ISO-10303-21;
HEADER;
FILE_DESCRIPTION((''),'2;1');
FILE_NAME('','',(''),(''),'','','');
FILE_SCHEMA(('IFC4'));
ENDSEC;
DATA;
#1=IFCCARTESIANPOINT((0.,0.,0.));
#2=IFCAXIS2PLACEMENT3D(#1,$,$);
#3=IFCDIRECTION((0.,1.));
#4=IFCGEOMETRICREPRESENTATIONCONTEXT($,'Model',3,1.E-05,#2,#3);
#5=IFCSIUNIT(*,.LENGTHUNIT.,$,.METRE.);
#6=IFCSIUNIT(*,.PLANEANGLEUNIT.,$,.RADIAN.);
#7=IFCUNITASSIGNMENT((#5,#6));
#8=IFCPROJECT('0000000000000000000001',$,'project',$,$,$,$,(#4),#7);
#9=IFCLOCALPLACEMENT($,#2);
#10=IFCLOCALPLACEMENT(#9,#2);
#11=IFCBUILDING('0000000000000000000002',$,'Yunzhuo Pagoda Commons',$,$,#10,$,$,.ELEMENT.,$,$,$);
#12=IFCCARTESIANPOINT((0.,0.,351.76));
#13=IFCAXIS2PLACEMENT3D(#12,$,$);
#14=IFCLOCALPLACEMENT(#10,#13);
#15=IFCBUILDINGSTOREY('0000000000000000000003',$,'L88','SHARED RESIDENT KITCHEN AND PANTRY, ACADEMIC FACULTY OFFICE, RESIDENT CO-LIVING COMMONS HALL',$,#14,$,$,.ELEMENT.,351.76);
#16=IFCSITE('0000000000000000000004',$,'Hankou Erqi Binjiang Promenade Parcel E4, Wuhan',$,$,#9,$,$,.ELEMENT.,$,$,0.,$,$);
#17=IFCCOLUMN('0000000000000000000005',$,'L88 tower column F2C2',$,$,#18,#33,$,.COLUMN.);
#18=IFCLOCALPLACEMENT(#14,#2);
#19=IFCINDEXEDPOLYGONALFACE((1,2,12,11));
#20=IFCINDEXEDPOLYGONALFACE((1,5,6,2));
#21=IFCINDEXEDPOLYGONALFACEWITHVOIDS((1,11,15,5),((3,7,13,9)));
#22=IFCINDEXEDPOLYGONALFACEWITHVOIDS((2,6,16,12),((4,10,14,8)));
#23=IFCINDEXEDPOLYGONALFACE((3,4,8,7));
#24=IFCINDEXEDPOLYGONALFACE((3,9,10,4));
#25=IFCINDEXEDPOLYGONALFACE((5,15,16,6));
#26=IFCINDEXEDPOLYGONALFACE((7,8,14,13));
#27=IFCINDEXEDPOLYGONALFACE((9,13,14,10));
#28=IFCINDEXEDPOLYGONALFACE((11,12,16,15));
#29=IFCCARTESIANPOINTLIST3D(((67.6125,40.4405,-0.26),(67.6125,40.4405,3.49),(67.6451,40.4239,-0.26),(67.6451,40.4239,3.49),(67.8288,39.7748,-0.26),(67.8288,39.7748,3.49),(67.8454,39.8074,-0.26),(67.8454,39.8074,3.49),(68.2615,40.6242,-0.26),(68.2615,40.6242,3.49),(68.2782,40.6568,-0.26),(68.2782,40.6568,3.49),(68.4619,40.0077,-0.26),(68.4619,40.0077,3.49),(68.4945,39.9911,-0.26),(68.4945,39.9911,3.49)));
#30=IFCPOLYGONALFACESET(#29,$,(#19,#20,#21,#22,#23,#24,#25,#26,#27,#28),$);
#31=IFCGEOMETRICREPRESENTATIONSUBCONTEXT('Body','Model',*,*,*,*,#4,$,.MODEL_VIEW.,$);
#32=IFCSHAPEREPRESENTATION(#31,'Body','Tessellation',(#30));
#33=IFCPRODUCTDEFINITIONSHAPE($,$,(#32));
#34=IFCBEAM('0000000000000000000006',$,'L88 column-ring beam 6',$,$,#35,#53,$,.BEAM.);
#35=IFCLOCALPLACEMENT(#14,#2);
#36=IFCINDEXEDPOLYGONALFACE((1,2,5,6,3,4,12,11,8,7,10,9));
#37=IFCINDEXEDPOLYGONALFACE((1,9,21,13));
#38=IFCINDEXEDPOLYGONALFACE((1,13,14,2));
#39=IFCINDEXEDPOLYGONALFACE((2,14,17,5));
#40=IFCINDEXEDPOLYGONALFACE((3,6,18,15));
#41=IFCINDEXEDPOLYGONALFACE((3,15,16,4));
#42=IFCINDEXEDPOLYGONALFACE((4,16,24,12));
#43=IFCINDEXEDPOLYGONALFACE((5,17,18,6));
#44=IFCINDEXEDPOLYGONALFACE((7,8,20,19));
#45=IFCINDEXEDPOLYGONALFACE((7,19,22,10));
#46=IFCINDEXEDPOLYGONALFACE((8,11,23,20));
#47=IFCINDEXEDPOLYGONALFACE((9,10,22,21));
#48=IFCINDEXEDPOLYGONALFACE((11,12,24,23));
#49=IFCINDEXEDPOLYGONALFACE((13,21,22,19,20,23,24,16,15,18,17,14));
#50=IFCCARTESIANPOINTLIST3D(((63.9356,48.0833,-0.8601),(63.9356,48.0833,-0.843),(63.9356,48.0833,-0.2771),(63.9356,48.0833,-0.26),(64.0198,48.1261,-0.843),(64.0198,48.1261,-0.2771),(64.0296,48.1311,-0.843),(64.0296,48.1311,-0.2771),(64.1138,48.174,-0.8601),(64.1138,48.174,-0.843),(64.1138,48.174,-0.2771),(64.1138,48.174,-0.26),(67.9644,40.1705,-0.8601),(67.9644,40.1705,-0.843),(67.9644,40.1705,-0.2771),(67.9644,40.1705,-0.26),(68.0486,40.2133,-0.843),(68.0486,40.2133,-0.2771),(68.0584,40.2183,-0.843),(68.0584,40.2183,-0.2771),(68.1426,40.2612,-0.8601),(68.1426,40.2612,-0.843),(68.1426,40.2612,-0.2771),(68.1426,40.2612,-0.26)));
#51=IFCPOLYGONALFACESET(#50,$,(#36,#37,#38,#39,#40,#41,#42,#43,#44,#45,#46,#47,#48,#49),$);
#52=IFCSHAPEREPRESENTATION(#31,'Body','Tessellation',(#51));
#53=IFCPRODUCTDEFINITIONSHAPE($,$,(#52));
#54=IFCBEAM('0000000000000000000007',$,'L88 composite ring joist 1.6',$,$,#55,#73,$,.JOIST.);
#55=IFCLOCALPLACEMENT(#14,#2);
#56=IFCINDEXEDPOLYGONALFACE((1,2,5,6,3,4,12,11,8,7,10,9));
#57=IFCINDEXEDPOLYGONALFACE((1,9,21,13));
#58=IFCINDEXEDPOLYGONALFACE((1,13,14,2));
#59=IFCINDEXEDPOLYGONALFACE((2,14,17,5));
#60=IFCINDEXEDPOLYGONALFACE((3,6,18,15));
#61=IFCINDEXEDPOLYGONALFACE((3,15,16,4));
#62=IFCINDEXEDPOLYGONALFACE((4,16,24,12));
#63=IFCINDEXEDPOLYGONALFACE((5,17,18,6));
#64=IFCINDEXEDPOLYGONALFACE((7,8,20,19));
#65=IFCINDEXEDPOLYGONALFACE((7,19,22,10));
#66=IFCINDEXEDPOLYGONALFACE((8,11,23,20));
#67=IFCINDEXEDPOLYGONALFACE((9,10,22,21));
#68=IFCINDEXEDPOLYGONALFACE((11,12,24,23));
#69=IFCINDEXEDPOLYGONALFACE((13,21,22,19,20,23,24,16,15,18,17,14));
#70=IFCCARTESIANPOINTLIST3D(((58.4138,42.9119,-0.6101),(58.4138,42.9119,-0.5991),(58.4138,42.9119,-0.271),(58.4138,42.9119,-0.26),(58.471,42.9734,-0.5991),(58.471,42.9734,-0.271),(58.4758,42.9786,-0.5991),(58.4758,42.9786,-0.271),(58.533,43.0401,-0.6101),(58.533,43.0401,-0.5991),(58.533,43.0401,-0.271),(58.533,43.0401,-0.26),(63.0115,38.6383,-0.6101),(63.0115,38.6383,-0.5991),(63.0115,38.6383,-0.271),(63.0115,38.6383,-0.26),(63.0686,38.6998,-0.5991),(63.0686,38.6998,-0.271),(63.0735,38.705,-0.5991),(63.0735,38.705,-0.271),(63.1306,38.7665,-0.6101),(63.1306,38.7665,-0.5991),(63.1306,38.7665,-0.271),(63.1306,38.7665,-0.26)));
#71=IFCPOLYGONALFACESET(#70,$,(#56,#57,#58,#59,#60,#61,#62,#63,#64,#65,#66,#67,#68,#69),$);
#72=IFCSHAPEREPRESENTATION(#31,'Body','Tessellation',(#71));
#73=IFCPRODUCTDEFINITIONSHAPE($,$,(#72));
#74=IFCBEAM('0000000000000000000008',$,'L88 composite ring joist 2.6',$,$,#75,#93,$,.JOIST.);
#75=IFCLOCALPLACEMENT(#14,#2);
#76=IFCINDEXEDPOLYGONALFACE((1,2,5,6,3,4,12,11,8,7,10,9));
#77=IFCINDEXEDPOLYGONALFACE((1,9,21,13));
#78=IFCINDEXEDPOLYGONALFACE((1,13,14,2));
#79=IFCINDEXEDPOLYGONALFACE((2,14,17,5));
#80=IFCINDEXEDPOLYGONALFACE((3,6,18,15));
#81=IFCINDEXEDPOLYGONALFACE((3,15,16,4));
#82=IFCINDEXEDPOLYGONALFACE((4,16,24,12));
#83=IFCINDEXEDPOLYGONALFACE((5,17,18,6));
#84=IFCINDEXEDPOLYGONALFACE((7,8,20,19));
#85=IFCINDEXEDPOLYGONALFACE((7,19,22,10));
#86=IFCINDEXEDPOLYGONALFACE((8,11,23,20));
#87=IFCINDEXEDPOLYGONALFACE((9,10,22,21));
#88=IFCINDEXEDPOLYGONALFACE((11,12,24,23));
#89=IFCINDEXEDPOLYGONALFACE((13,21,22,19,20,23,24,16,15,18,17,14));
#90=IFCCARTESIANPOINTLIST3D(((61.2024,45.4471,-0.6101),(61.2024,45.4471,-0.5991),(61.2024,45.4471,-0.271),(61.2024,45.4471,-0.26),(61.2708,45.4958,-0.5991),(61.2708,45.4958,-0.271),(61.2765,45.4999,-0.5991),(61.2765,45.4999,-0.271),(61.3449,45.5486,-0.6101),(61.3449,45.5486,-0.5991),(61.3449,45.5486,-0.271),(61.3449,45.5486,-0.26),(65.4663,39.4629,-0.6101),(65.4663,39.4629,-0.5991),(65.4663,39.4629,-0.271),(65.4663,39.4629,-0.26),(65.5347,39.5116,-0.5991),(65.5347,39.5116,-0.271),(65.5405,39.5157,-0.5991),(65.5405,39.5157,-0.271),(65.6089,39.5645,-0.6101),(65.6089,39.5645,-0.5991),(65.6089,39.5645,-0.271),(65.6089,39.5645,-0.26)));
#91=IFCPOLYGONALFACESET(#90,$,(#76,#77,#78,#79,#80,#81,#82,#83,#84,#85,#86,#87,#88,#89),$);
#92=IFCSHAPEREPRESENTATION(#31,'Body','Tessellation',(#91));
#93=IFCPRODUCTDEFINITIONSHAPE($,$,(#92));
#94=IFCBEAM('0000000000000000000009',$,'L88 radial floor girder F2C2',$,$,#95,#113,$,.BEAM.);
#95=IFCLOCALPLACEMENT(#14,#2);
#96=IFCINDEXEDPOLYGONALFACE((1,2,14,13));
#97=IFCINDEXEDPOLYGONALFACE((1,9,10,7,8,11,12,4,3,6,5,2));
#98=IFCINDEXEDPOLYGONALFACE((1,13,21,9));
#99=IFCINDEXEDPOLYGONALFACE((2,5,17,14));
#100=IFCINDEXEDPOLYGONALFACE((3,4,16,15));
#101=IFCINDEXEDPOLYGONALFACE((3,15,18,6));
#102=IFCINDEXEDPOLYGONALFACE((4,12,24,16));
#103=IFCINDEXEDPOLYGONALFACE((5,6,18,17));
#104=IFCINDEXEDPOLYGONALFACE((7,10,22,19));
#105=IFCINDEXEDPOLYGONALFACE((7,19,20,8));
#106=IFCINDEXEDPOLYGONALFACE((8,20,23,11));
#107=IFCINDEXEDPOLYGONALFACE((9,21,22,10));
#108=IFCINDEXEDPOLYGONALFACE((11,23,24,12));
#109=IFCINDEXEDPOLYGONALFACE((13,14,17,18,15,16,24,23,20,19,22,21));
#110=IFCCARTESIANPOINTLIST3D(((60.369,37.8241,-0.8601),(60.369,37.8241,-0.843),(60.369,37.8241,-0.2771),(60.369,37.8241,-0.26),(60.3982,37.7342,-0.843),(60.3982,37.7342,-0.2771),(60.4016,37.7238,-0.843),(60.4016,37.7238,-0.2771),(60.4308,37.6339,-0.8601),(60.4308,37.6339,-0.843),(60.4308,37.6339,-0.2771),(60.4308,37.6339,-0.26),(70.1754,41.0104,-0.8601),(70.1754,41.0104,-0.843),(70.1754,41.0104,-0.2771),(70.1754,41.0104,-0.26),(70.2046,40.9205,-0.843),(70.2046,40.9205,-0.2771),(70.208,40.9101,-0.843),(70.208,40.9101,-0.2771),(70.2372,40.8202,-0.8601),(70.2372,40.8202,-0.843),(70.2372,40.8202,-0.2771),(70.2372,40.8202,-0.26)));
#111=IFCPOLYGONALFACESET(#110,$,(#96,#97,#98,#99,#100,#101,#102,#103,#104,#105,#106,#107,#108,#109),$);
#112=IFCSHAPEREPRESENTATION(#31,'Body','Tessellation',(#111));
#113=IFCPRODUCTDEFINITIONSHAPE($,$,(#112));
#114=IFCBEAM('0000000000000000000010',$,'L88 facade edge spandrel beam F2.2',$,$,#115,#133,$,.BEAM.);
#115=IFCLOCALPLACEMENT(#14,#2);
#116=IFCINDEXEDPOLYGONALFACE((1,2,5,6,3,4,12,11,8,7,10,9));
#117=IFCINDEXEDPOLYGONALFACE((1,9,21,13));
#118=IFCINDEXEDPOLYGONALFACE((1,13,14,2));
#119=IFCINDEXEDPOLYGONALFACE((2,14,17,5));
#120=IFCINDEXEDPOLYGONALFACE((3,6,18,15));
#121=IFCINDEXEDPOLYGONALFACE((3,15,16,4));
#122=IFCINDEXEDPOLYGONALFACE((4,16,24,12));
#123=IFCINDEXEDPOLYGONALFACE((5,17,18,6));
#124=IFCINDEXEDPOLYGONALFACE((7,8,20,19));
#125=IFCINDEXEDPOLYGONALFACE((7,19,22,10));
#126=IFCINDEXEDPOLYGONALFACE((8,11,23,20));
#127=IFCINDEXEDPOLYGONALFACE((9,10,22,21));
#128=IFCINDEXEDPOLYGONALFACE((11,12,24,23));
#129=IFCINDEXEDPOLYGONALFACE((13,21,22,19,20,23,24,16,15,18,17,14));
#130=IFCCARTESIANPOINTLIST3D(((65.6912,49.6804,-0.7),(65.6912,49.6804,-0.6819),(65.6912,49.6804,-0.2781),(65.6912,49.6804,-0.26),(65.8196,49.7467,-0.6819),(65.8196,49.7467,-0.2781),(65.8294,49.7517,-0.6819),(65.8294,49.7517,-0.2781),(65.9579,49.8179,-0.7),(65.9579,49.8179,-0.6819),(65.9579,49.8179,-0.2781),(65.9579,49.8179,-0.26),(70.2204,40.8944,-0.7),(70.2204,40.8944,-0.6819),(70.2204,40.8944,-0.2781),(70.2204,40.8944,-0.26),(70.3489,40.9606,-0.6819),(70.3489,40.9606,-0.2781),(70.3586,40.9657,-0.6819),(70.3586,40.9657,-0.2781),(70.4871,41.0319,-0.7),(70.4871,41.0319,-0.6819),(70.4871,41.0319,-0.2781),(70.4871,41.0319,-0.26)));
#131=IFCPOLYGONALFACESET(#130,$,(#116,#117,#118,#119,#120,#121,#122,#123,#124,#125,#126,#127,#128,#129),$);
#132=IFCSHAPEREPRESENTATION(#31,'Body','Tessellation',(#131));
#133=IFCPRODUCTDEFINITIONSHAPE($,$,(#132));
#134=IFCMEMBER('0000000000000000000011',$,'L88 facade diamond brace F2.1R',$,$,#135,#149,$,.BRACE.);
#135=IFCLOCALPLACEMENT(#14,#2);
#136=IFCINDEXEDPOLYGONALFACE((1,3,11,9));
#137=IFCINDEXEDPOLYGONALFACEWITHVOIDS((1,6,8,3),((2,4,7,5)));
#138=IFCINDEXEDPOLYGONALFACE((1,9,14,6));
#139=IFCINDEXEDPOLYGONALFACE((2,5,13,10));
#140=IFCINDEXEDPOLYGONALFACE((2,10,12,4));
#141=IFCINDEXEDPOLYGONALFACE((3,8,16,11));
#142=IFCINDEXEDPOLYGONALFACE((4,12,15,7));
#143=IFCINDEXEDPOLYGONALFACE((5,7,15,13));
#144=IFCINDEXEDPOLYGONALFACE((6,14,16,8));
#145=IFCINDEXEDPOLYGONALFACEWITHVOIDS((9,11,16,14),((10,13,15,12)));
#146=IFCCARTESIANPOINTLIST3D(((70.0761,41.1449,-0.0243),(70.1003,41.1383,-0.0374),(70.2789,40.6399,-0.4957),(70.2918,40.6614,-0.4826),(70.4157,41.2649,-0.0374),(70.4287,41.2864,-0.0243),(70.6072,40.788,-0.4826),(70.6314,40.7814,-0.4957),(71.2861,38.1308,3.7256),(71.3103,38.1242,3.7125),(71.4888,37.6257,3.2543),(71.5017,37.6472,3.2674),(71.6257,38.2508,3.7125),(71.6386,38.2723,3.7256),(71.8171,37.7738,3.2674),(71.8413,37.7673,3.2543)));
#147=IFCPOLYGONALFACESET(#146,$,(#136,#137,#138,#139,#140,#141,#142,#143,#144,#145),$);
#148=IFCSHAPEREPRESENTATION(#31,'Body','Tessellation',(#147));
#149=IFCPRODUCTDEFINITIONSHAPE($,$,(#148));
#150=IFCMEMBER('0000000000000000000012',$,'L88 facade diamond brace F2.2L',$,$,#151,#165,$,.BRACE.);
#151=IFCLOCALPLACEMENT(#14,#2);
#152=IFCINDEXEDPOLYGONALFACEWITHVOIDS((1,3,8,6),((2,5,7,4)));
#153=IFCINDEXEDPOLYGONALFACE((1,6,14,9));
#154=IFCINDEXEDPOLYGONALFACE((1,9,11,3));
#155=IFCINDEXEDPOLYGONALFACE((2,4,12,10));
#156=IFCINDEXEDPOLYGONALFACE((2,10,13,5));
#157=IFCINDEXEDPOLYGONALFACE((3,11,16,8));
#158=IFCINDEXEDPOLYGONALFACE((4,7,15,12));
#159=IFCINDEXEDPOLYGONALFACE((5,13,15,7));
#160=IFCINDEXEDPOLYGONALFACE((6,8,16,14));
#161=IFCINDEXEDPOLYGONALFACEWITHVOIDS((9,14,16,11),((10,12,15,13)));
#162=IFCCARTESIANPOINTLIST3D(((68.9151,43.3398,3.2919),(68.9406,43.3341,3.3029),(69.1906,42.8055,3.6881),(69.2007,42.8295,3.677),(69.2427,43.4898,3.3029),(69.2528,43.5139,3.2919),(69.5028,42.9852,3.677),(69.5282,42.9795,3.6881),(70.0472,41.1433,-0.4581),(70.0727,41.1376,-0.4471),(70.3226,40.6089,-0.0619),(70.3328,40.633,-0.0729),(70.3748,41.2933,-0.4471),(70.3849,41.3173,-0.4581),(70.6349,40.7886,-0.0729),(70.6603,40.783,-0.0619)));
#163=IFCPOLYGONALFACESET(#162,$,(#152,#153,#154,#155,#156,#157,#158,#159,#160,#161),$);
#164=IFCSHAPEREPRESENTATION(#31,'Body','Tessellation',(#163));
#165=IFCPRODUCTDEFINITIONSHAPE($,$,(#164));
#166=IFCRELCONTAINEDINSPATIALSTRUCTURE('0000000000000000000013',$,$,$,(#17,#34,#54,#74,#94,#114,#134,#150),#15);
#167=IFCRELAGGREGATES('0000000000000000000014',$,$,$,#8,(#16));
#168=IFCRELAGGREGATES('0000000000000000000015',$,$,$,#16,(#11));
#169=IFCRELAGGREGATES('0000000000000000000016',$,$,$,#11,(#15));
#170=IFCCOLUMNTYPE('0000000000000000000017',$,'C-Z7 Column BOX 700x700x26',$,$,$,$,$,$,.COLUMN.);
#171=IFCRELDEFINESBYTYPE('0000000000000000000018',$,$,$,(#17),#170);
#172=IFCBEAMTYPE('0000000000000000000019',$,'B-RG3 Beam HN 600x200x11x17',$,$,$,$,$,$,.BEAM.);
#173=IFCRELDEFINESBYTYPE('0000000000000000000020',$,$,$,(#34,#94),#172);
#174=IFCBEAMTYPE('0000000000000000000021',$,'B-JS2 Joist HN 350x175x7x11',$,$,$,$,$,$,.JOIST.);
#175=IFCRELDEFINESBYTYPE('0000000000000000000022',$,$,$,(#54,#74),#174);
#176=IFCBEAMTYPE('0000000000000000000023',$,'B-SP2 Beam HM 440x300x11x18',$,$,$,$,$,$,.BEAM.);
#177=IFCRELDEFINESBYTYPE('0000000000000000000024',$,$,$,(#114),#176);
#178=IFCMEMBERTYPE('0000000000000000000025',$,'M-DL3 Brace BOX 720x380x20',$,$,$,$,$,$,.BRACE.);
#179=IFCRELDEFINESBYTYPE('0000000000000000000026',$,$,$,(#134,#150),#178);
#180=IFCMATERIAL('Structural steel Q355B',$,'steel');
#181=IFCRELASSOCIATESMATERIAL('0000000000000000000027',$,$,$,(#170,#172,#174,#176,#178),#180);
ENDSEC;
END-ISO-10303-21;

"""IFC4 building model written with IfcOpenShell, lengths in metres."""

from ifc_helpers import new_model, si_unit, direction, frame, origin, origin_2d, place, context, subcontext, project, spatial, hollow_rectangle, i_section, extrude, source, transform, mapped, material, material_profile, profile_set, type_object, element, save


model = new_model("IFC4")

# Units and contexts
model_context = context("Model", 3, precision=1e-05, world=origin(), true_north=direction((0.0, 1.0)))
body_context = subcontext(model_context, "Body", "Model", "MODEL_VIEW")
ifc_project = project(units=[si_unit("LENGTHUNIT", "METRE"), si_unit("PLANEANGLEUNIT", "RADIAN")], contexts=[model_context])

# Site, building, storey
site_placement = place(None, origin())
site = spatial("IfcSite", under=ifc_project, at=site_placement, Name="Hankou Erqi Binjiang Promenade Parcel E4, Wuhan", CompositionType="ELEMENT", RefElevation=0.0)
building_placement = place(site_placement, origin())
building = spatial("IfcBuilding", under=site, at=building_placement, Name="Yunzhuo Pagoda Commons", CompositionType="ELEMENT")
storey_placement = place(building_placement, frame((0.0, 0.0, 351.76)))
storey = spatial("IfcBuildingStorey", under=building, at=storey_placement, Name="L88", Description="SHARED RESIDENT KITCHEN AND PANTRY, ACADEMIC FACULTY OFFICE, RESIDENT CO-LIVING COMMONS HALL", CompositionType="ELEMENT", Elevation=351.76)

# Column
ifc_material_1 = material(Name="Structural steel Q355B", Category="steel")
ifc_material_profile_1 = material_profile(ifc_material_1, hollow_rectangle(XDim=0.7, YDim=0.7, WallThickness=0.0259, at=origin_2d()), Name="Structural steel Q355B")
ifc_profile_set_1 = profile_set([ifc_material_profile_1], Name="Structural steel Q355B")
column_type = type_object("IfcColumnType", Name="C-Z7 Column BOX 700x700x26", PredefinedType="COLUMN", material=ifc_profile_set_1)
shared_shape_1 = source(origin(), body_context, "Body", "SweptSolid", [
    extrude(hollow_rectangle(XDim=0.7, YDim=0.7, WallThickness=0.0259, at=origin_2d()), origin(), (0.0, 0.0, 1.0), 3.75),
])
column_placement = place(storey_placement, frame((68.0535, 40.2158, -0.26), z_axis=(0.0, 0.0, 1.0), x_axis=(-0.309017, 0.951057, 0.0)))
element("IfcColumn", 1, at=column_placement, inside=storey, type_object=column_type, Name="L88 tower column F2C2", PredefinedType="COLUMN", context=body_context, shape_type="MappedRepresentation", body=[
    mapped(shared_shape_1, transform((0.0, 0.0, 0.0), scale=1.0)),
])

# Beams
ifc_material_profile_2 = material_profile(ifc_material_1, i_section(OverallWidth=0.2, OverallDepth=0.6001, WebThickness=0.011, FlangeThickness=0.0171, at=origin_2d()), Name="Structural steel Q355B")
ifc_profile_set_2 = profile_set([ifc_material_profile_2], Name="Structural steel Q355B")
beam_type_1 = type_object("IfcBeamType", Name="B-RG3 Beam HN 600x200x11x17", PredefinedType="BEAM", material=ifc_profile_set_2)
shared_shape_2 = source(origin(), body_context, "Body", "SweptSolid", [
    extrude(i_section(OverallWidth=0.2, OverallDepth=0.6001, WebThickness=0.011, FlangeThickness=0.0171, at=origin_2d()), origin(), (0.0, 0.0, 1.0), 8.8794),
])
beam_1_placement = place(storey_placement, frame((68.0535, 40.2158, -0.5601), z_axis=(-0.453724, 0.891142, 0.0), x_axis=(-0.891142, -0.453724, 0.0)))
element("IfcBeam", 2, at=beam_1_placement, inside=storey, type_object=beam_type_1, Name="L88 column-ring beam 6", PredefinedType="BEAM", context=body_context, shape_type="MappedRepresentation", body=[
    mapped(shared_shape_2, transform((0.0, 0.0, 0.0), scale=1.0)),
])
ifc_material_profile_3 = material_profile(ifc_material_1, i_section(OverallWidth=0.175, OverallDepth=0.3501, WebThickness=0.0071, FlangeThickness=0.011, at=origin_2d()), Name="Structural steel Q355B")
ifc_profile_set_3 = profile_set([ifc_material_profile_3], Name="Structural steel Q355B")
beam_type_2 = type_object("IfcBeamType", Name="B-JS2 Joist HN 350x175x7x11", PredefinedType="JOIST", material=ifc_profile_set_3)
shared_shape_3 = source(origin(), body_context, "Body", "SweptSolid", [
    extrude(i_section(OverallWidth=0.175, OverallDepth=0.3501, WebThickness=0.0071, FlangeThickness=0.011, at=origin_2d()), origin(), (0.0, 0.0, 1.0), 6.2771),
])
beam_2_placement = place(storey_placement, frame((63.071, 38.7024, -0.4351), z_axis=(-0.732442, 0.68083, 0.0), x_axis=(-0.68083, -0.732442, 0.0)))
element("IfcBeam", 3, at=beam_2_placement, inside=storey, type_object=beam_type_2, Name="L88 composite ring joist 1.6", PredefinedType="JOIST", context=body_context, shape_type="MappedRepresentation", body=[
    mapped(shared_shape_3, transform((0.0, 0.0, 0.0), scale=1.0)),
])
shared_shape_4 = source(origin(), body_context, "Body", "SweptSolid", [
    extrude(i_section(OverallWidth=0.175, OverallDepth=0.3501, WebThickness=0.0071, FlangeThickness=0.011, at=origin_2d()), origin(), (0.0, 0.0, 1.0), 7.3479),
])
beam_3_placement = place(storey_placement, frame((65.5376, 39.5137, -0.4351), z_axis=(-0.580295, 0.814406, 0.0), x_axis=(-0.814406, -0.580295, 0.0)))
element("IfcBeam", 4, at=beam_3_placement, inside=storey, type_object=beam_type_2, Name="L88 composite ring joist 2.6", PredefinedType="JOIST", context=body_context, shape_type="MappedRepresentation", body=[
    mapped(shared_shape_4, transform((0.0, 0.0, 0.0), scale=1.0)),
])
shared_shape_5 = source(origin(), body_context, "Body", "SweptSolid", [
    extrude(i_section(OverallWidth=0.2, OverallDepth=0.6001, WebThickness=0.011, FlangeThickness=0.0171, at=origin_2d()), origin(), (0.0, 0.0, 1.0), 10.311),
])
beam_4_placement = place(storey_placement, frame((70.2063, 40.9153, -0.5601), z_axis=(-0.951057, -0.309016, 0.0), x_axis=(0.309016, -0.951057, 0.0)))
element("IfcBeam", 5, at=beam_4_placement, inside=storey, type_object=beam_type_1, Name="L88 radial floor girder F2C2", PredefinedType="BEAM", context=body_context, shape_type="MappedRepresentation", body=[
    mapped(shared_shape_5, transform((0.0, 0.0, 0.0), scale=1.0)),
])
ifc_material_profile_4 = material_profile(ifc_material_1, i_section(OverallWidth=0.3, OverallDepth=0.4399, WebThickness=0.011, FlangeThickness=0.0181, at=origin_2d()), Name="Structural steel Q355B")
ifc_profile_set_4 = profile_set([ifc_material_profile_4], Name="Structural steel Q355B")
beam_type_3 = type_object("IfcBeamType", Name="B-SP2 Beam HM 440x300x11x18", PredefinedType="BEAM", material=ifc_profile_set_4)
shared_shape_6 = source(origin(), body_context, "Body", "SweptSolid", [
    extrude(i_section(OverallWidth=0.3, OverallDepth=0.4399, WebThickness=0.011, FlangeThickness=0.0181, at=origin_2d()), origin(), (0.0, 0.0, 1.0), 9.8848),
])
beam_5_placement = place(storey_placement, frame((70.3538, 40.9631, -0.48), z_axis=(-0.458205, 0.888847, 0.0), x_axis=(-0.888847, -0.458205, 0.0)))
element("IfcBeam", 6, at=beam_5_placement, inside=storey, type_object=beam_type_3, Name="L88 facade edge spandrel beam F2.2", PredefinedType="BEAM", context=body_context, shape_type="MappedRepresentation", body=[
    mapped(shared_shape_6, transform((0.0, 0.0, 0.0), scale=1.0)),
])

# Members
ifc_material_profile_5 = material_profile(ifc_material_1, hollow_rectangle(XDim=0.3799, YDim=0.72, WallThickness=0.02, at=origin_2d()), Name="Structural steel Q355B")
ifc_profile_set_5 = profile_set([ifc_material_profile_5], Name="Structural steel Q355B")
member_type_1 = type_object("IfcMemberType", Name="M-DL3 Brace BOX 720x380x20", PredefinedType="BRACE", material=ifc_profile_set_5)
shared_shape_7 = source(origin(), body_context, "Body", "SweptSolid", [
    extrude(hollow_rectangle(XDim=0.3799, YDim=0.72, WallThickness=0.02, at=origin_2d()), origin(), (0.0, 0.0, 1.0), 4.9609),
])
member_1_placement = place(storey_placement, frame((70.3538, 40.9631, -0.26), z_axis=(0.243894, -0.607569, 0.755894), x_axis=(0.92802, 0.372531, 0.0)))
element("IfcMember", 7, at=member_1_placement, inside=storey, type_object=member_type_1, Name="L88 facade diamond brace F2.1R", PredefinedType="BRACE", context=body_context, shape_type="MappedRepresentation", body=[
    mapped(shared_shape_7, transform((0.0, 0.0, 0.0), scale=1.0)),
])
shared_shape_8 = source(origin(), body_context, "Body", "SweptSolid", [
    extrude(hollow_rectangle(XDim=0.3799, YDim=0.72, WallThickness=0.02, at=origin_2d()), origin(), (0.0, 0.0, 1.0), 4.491),
])
member_2_placement = place(storey_placement, frame((70.3538, 40.9631, -0.26), z_axis=(-0.252079, 0.489099, 0.835008), x_axis=(-0.888887, -0.458127, 0.0)))
element("IfcMember", 8, at=member_2_placement, inside=storey, type_object=member_type_1, Name="L88 facade diamond brace F2.2L", PredefinedType="BRACE", context=body_context, shape_type="MappedRepresentation", body=[
    mapped(shared_shape_8, transform((0.0, 0.0, 0.0), scale=1.0)),
])

save(model, "model.ifc")
